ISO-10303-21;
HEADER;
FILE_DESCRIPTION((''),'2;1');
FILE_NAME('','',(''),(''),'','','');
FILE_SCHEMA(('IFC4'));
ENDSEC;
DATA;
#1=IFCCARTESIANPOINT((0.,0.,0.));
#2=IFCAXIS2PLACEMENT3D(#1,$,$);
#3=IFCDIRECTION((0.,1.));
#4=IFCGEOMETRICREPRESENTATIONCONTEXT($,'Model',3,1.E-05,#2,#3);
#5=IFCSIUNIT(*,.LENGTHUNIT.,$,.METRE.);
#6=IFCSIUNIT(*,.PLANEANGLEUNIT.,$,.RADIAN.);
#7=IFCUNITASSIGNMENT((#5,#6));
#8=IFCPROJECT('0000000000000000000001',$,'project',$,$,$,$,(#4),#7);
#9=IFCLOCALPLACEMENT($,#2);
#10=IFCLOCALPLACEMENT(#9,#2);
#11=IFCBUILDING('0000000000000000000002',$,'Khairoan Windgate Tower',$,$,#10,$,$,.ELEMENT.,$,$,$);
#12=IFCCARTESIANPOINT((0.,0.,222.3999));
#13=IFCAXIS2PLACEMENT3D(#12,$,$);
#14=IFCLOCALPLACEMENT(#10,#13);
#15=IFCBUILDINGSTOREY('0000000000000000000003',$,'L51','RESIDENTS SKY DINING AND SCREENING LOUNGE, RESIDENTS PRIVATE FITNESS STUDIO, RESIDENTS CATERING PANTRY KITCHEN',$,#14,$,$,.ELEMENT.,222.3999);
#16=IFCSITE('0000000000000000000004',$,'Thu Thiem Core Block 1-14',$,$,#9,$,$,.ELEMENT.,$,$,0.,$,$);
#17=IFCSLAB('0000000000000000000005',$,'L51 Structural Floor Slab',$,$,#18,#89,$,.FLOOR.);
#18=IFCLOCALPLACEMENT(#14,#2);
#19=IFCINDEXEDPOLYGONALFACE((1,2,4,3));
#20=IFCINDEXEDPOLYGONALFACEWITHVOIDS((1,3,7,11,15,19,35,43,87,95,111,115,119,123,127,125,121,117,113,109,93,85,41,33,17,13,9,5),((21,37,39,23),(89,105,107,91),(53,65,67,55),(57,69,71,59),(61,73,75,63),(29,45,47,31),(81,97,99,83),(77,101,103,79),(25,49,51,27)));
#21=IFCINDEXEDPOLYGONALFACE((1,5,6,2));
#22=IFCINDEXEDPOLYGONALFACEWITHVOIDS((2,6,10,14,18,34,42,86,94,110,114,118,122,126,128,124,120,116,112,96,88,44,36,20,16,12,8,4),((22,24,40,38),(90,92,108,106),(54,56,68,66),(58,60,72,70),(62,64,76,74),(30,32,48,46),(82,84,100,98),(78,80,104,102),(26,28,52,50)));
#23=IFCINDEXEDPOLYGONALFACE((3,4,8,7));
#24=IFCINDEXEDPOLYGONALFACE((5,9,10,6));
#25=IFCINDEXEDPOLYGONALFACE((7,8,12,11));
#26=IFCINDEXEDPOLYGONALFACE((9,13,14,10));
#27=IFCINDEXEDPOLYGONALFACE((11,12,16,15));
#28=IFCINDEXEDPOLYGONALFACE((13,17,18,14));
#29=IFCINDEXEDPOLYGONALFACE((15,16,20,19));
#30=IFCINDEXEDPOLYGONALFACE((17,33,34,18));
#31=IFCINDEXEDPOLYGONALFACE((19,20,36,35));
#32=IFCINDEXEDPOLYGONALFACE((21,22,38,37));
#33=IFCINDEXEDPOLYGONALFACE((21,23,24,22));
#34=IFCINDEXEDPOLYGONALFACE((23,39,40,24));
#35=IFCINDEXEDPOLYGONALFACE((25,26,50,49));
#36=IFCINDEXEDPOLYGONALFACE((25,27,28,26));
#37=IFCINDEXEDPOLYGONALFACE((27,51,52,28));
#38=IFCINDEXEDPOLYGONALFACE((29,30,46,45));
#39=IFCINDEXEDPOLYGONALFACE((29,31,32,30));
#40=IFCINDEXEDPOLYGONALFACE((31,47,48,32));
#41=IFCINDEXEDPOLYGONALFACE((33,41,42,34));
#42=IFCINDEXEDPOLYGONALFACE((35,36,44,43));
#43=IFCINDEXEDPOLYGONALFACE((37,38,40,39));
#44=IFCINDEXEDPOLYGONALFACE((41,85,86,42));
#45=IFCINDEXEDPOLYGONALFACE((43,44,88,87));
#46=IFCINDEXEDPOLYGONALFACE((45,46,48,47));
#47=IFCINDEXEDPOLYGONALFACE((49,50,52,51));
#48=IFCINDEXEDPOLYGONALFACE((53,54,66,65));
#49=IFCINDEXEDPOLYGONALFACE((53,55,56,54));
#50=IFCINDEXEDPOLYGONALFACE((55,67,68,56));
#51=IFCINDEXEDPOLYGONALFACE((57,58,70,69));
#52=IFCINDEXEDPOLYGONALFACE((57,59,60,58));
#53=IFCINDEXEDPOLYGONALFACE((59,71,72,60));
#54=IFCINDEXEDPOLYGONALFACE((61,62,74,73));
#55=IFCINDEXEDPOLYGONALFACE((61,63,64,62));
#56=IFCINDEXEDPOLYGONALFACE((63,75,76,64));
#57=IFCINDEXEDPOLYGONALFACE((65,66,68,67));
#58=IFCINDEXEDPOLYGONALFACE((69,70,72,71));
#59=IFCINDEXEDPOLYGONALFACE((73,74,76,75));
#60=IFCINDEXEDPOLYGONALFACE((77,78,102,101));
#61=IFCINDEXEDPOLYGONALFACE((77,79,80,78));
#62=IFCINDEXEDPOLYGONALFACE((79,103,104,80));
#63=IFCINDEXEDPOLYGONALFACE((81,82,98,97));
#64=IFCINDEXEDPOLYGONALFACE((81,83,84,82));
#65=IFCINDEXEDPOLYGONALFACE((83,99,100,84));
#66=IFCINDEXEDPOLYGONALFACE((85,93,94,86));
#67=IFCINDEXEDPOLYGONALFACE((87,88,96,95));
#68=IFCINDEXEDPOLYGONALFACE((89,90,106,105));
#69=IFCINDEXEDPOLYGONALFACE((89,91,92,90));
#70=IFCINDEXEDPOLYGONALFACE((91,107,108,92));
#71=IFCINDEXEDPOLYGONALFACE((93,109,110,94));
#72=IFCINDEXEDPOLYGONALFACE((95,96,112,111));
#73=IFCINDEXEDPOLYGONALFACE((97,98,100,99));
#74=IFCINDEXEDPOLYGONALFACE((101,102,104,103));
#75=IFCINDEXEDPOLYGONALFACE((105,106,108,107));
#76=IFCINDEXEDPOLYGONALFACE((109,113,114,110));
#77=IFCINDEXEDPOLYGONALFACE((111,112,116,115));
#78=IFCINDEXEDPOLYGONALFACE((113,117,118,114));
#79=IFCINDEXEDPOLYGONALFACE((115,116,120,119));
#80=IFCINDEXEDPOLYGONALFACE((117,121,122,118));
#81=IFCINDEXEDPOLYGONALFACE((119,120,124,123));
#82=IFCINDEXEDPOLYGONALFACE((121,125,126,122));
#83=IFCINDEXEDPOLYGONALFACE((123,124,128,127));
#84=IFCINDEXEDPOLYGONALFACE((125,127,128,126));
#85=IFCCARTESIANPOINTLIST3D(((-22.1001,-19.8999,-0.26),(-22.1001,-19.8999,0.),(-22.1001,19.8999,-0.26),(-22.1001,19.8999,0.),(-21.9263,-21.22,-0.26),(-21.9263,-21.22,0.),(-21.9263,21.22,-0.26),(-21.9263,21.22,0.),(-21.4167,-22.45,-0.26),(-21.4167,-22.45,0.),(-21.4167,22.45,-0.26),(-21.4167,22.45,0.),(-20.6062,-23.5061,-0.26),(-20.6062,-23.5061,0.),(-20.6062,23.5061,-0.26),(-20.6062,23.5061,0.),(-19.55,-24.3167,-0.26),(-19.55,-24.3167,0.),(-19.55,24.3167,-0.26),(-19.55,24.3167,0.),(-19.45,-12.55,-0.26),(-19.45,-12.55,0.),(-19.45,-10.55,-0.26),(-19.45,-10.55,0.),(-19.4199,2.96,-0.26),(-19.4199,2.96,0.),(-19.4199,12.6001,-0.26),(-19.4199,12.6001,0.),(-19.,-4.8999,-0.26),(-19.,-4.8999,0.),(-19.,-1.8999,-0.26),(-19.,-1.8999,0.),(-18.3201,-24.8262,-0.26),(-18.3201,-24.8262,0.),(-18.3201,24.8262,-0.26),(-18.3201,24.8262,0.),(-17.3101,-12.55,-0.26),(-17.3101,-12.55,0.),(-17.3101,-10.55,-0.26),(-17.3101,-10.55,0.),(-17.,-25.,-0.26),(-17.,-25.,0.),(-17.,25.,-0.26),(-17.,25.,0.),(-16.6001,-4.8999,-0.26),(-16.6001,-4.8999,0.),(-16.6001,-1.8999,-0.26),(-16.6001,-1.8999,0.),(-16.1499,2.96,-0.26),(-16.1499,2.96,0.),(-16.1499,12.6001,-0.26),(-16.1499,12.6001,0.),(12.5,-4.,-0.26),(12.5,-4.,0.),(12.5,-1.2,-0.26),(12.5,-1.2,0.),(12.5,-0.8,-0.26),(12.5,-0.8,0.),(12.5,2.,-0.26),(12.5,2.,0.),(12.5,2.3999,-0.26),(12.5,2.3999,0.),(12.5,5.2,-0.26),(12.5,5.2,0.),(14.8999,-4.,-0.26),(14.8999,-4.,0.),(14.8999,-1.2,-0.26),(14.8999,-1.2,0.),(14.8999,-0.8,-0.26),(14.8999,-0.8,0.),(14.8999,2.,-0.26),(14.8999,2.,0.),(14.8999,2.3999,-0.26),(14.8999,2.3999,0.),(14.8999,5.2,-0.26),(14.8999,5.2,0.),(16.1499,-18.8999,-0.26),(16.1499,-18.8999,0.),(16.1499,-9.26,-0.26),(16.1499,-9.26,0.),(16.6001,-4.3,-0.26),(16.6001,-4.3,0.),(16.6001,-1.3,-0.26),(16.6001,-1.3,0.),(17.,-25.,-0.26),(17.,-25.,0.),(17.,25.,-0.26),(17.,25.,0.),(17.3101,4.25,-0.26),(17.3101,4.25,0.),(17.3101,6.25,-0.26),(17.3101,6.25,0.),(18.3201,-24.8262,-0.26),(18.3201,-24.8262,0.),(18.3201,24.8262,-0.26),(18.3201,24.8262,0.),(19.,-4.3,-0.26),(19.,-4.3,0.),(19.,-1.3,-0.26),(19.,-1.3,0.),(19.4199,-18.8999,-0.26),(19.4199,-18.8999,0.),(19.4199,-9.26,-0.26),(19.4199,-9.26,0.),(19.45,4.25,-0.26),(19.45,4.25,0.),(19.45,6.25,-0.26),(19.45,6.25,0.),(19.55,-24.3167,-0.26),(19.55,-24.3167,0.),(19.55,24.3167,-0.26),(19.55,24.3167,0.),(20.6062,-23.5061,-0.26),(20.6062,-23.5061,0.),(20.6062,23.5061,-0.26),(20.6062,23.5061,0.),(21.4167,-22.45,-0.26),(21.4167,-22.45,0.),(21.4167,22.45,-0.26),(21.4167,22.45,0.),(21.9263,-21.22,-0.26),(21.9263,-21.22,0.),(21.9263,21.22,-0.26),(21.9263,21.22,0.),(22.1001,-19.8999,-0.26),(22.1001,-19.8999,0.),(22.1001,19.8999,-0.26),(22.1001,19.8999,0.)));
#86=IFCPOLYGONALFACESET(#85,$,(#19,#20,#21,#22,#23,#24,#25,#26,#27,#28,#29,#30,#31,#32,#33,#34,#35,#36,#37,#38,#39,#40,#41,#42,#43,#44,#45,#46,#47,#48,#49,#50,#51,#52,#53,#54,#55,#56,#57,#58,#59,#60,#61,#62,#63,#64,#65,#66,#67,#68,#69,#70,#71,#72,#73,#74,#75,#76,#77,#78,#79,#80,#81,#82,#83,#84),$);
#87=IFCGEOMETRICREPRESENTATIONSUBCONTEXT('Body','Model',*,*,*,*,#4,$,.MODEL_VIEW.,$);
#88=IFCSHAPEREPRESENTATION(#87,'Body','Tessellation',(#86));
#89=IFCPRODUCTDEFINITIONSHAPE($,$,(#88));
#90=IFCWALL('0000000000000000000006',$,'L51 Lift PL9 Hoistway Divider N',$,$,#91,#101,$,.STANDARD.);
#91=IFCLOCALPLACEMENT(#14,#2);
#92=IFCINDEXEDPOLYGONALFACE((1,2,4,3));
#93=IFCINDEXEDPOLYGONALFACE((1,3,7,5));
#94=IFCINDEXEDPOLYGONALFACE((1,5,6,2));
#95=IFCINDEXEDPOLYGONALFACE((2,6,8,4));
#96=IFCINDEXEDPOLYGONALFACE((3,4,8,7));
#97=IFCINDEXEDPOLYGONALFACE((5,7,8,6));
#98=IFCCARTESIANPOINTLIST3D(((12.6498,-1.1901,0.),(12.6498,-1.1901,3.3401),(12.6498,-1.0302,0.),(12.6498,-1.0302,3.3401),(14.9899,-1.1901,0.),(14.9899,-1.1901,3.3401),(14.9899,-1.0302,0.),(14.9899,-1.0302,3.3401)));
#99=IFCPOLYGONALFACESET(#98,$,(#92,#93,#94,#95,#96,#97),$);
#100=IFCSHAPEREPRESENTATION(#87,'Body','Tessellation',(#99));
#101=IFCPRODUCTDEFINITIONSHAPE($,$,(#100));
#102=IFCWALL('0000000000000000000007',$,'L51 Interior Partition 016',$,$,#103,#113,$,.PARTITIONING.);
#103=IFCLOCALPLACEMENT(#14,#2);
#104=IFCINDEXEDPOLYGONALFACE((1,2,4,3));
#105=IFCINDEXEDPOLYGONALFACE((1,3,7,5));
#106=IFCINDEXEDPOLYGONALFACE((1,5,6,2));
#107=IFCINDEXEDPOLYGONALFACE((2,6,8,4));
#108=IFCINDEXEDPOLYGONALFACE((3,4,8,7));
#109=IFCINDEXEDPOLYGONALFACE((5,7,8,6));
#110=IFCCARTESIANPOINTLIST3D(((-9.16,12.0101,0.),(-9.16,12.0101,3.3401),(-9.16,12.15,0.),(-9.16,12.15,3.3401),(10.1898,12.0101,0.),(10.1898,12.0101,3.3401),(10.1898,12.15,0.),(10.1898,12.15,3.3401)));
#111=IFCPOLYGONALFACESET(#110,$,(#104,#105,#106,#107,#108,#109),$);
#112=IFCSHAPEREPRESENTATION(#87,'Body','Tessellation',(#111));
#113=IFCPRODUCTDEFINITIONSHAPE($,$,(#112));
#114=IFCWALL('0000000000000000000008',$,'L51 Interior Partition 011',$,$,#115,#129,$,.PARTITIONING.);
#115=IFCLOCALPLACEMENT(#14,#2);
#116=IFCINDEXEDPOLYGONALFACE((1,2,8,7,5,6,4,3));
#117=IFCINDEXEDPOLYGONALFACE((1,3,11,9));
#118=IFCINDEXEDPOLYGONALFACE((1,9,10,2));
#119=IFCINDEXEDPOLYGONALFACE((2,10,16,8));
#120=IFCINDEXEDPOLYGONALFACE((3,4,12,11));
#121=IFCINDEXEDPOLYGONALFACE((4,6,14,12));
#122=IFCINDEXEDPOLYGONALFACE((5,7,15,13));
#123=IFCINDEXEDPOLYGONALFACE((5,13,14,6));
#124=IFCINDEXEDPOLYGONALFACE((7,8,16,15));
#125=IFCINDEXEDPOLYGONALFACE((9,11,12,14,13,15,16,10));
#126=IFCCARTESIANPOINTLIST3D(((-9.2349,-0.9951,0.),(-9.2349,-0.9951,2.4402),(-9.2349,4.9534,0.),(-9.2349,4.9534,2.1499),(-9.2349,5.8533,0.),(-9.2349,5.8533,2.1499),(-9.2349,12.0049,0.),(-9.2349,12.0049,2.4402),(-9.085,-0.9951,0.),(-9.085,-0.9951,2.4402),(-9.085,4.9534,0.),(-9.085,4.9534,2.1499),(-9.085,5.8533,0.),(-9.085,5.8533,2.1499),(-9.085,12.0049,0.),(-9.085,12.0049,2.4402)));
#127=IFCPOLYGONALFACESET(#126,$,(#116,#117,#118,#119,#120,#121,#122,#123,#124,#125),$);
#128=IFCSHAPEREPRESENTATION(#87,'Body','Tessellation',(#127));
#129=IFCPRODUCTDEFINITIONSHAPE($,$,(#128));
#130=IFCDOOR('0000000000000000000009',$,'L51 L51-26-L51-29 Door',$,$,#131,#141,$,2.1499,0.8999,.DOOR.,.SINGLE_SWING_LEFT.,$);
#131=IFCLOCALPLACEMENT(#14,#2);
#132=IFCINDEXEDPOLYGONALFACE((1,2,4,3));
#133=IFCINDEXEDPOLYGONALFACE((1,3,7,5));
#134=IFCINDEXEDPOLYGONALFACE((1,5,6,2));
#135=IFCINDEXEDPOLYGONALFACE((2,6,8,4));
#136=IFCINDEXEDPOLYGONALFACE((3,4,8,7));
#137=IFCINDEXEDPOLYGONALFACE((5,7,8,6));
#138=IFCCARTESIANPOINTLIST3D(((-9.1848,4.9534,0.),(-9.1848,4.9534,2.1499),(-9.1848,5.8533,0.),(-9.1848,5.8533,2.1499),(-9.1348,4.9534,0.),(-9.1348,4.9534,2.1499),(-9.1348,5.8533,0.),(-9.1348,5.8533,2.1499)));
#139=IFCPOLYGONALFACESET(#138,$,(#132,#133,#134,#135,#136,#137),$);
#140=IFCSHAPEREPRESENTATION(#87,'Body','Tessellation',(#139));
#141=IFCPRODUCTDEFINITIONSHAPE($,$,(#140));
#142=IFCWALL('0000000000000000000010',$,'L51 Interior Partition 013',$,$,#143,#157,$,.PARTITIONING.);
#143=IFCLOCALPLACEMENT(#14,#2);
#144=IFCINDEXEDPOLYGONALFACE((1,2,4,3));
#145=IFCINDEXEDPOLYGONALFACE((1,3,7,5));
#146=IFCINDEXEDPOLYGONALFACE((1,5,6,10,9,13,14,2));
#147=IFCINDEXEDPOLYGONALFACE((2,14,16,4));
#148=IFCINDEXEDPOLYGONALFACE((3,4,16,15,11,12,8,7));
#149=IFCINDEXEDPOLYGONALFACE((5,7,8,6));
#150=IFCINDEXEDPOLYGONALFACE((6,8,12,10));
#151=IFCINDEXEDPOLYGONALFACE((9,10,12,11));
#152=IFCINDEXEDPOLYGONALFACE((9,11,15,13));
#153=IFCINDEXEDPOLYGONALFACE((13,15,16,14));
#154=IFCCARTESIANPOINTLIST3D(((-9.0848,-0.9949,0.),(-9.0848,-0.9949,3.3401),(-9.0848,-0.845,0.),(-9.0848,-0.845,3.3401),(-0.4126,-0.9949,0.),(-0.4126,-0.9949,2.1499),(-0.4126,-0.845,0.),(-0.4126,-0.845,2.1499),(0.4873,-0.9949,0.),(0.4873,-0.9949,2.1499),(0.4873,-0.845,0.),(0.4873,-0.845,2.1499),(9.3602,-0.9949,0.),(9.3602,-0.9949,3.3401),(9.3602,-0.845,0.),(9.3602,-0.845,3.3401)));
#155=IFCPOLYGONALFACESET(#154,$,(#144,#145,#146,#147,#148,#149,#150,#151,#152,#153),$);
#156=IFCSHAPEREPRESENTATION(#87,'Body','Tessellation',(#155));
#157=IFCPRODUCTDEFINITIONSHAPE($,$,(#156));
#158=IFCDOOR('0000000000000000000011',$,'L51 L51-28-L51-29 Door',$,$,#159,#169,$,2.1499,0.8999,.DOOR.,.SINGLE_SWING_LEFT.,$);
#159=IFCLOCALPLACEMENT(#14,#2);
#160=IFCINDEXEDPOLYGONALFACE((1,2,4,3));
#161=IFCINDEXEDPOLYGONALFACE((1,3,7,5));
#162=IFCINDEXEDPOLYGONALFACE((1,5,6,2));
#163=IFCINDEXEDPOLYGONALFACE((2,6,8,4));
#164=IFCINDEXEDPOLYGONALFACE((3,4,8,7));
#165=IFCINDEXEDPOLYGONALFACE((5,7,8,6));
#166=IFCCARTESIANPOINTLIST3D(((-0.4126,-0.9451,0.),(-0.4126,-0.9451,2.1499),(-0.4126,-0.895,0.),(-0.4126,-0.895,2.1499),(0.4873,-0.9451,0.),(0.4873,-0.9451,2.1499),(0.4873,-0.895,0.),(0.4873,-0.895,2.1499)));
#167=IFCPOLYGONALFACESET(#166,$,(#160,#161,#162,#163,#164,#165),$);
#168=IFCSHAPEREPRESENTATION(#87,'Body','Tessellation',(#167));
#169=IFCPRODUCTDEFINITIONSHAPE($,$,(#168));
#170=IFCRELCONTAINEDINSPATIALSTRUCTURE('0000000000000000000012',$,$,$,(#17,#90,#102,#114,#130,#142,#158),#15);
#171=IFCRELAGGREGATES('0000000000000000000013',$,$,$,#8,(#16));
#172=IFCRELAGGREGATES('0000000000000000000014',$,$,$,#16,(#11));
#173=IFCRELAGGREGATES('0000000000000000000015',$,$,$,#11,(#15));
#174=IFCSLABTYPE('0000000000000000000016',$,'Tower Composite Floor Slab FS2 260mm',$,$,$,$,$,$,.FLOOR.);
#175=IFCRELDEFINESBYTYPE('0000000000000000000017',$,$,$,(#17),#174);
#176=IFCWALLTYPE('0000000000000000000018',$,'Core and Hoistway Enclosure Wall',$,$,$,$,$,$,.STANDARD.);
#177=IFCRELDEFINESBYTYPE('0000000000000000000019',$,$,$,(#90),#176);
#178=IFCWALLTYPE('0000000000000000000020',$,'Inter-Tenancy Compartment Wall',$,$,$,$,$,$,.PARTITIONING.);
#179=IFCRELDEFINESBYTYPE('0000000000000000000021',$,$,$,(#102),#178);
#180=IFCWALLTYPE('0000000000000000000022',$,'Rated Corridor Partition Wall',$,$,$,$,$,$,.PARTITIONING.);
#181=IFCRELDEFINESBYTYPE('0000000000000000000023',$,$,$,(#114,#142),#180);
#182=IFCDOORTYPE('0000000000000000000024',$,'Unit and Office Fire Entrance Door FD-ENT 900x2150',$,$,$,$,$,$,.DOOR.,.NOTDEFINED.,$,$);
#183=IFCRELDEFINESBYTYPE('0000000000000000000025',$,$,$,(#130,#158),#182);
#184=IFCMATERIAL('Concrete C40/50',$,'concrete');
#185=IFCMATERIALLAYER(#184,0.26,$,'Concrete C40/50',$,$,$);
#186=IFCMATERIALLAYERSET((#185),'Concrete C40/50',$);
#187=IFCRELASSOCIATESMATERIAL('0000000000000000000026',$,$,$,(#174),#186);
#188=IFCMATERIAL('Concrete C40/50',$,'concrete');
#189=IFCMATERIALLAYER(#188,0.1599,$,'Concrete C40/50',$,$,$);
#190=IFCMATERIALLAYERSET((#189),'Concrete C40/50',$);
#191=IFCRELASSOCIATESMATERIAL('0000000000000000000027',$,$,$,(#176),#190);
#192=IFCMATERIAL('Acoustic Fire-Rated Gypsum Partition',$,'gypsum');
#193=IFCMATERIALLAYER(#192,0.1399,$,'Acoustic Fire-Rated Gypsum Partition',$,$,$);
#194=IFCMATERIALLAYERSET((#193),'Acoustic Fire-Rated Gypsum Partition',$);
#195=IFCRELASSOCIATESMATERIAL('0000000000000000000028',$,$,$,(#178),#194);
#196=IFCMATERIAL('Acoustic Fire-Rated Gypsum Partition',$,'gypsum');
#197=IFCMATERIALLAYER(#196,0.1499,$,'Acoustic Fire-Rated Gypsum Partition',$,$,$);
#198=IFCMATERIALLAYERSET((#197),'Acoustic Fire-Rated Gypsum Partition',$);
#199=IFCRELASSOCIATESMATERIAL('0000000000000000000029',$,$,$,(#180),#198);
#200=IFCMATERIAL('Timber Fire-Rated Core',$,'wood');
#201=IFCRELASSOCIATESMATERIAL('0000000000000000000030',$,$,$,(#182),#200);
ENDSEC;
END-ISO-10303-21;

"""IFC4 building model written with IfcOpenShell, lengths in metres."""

from ifc_helpers import new_model, si_unit, direction, frame, frame_2d, origin, place, context, subcontext, project, spatial, polyline, rectangle, outline, extrude, material, layer, layer_set, type_object, element, fill, save


model = new_model("IFC4")

# Units and contexts
model_context = context("Model", 3, precision=1e-05, world=origin(), true_north=direction((0.0, 1.0)))
body_context = subcontext(model_context, "Body", "Model", "MODEL_VIEW")
ifc_project = project(units=[si_unit("LENGTHUNIT", "METRE"), si_unit("PLANEANGLEUNIT", "RADIAN")], contexts=[model_context])

# Site, building, storey
site_placement = place(None, origin())
site = spatial("IfcSite", under=ifc_project, at=site_placement, Name="Thu Thiem Core Block 1-14", CompositionType="ELEMENT", RefElevation=0.0)
building_placement = place(site_placement, origin())
building = spatial("IfcBuilding", under=site, at=building_placement, Name="Khairoan Windgate Tower", CompositionType="ELEMENT")
storey_placement = place(building_placement, frame((0.0, 0.0, 222.3999)))
storey = spatial("IfcBuildingStorey", under=building, at=storey_placement, Name="L51", Description="RESIDENTS SKY DINING AND SCREENING LOUNGE, RESIDENTS PRIVATE FITNESS STUDIO, RESIDENTS CATERING PANTRY KITCHEN", CompositionType="ELEMENT", Elevation=222.3999)

# Slab
ifc_material_1 = material(Name="Concrete C40/50", Category="concrete")
ifc_layer_1 = layer(ifc_material_1, 0.26, Name="Concrete C40/50")
ifc_layer_set_1 = layer_set([ifc_layer_1], Name="Concrete C40/50")
slab_type_1 = type_object("IfcSlabType", Name="Tower Composite Floor Slab FS2 260mm", PredefinedType="FLOOR", material=ifc_layer_set_1)
slab_1_placement = place(storey_placement, frame((0.0, 0.0, -0.26)))
element("IfcSlab", 1, at=slab_1_placement, inside=storey, type_object=slab_type_1, Name="L51 Structural Floor Slab", PredefinedType="FLOOR", context=body_context, shape_type="SweptSolid", body=[
    extrude(outline(polyline([(17.0, -25.0), (18.3201, -24.8262), (19.55, -24.3167), (20.6062, -23.5061), (21.4167, -22.45), (21.9263, -21.22), (22.1001, -19.8999), (22.1001, 19.8999), (21.9263, 21.22), (21.4167, 22.45), (20.6062, 23.5061), (19.55, 24.3167), (18.3201, 24.8262), (17.0, 25.0), (-17.0, 25.0), (-18.3201, 24.8262), (-19.55, 24.3167), (-20.6062, 23.5061), (-21.4167, 22.45), (-21.9263, 21.22), (-22.1001, 19.8999), (-22.1001, -19.8999), (-21.9263, -21.22), (-21.4167, -22.45), (-20.6062, -23.5061), (-19.55, -24.3167), (-18.3201, -24.8262), (-17.0, -25.0), (17.0, -25.0)]), holes=[polyline([(16.1499, -9.26), (16.1499, -18.8999), (19.4199, -18.8999), (19.4199, -9.26), (16.1499, -9.26)]), polyline([(-16.1499, 2.96), (-16.1499, 12.6001), (-19.4199, 12.6001), (-19.4199, 2.96), (-16.1499, 2.96)]), polyline([(12.5, 2.3999), (14.8999, 2.3999), (14.8999, 5.2), (12.5, 5.2), (12.5, 2.3999)]), polyline([(12.5, -0.8), (14.8999, -0.8), (14.8999, 2.0), (12.5, 2.0), (12.5, -0.8)]), polyline([(12.5, -4.0), (14.8999, -4.0), (14.8999, -1.2), (12.5, -1.2), (12.5, -4.0)]), polyline([(16.6001, -4.3), (19.0, -4.3), (19.0, -1.3), (16.6001, -1.3), (16.6001, -4.3)]), polyline([(-19.0, -4.8999), (-16.6001, -4.8999), (-16.6001, -1.8999), (-19.0, -1.8999), (-19.0, -4.8999)]), polyline([(-19.45, -12.55), (-17.3101, -12.55), (-17.3101, -10.55), (-19.45, -10.55), (-19.45, -12.55)]), polyline([(17.3101, 4.25), (19.45, 4.25), (19.45, 6.25), (17.3101, 6.25), (17.3101, 4.25)])]), origin(), (0.0, 0.0, 1.0), 0.26),
])

# Walls
ifc_material_2 = material(Name="Concrete C40/50", Category="concrete")
ifc_layer_2 = layer(ifc_material_2, 0.1599, Name="Concrete C40/50")
ifc_layer_set_2 = layer_set([ifc_layer_2], Name="Concrete C40/50")
wall_type_1 = type_object("IfcWallType", Name="Core and Hoistway Enclosure Wall", PredefinedType="STANDARD", material=ifc_layer_set_2)
wall_1_placement = place(storey_placement, frame((12.6499, -1.1101, 0.0), z_axis=(0.0, 0.0, 1.0), x_axis=(1.0, 0.0, 0.0)))
element("IfcWall", 2, at=wall_1_placement, inside=storey, type_object=wall_type_1, Name="L51 Lift PL9 Hoistway Divider N", PredefinedType="STANDARD", context=body_context, shape_type="SweptSolid", body=[
    extrude(rectangle(XDim=2.3401, YDim=0.1599, at=frame_2d((1.1699, 0.0))), origin(), (0.0, 0.0, 1.0), 3.3401),
])
ifc_material_3 = material(Name="Acoustic Fire-Rated Gypsum Partition", Category="gypsum")
ifc_layer_3 = layer(ifc_material_3, 0.1399, Name="Acoustic Fire-Rated Gypsum Partition")
ifc_layer_set_3 = layer_set([ifc_layer_3], Name="Acoustic Fire-Rated Gypsum Partition")
wall_type_2 = type_object("IfcWallType", Name="Inter-Tenancy Compartment Wall", PredefinedType="PARTITIONING", material=ifc_layer_set_3)
wall_2_placement = place(storey_placement, frame((-9.1599, 12.0801, 0.0), z_axis=(0.0, 0.0, 1.0), x_axis=(1.0, 0.0, 0.0)))
element("IfcWall", 3, at=wall_2_placement, inside=storey, type_object=wall_type_2, Name="L51 Interior Partition 016", PredefinedType="PARTITIONING", context=body_context, shape_type="SweptSolid", body=[
    extrude(rectangle(XDim=19.3499, YDim=0.1399, at=frame_2d((9.6748, 0.0))), origin(), (0.0, 0.0, 1.0), 3.3401),
])

# Walls, openings, doors
ifc_material_4 = material(Name="Acoustic Fire-Rated Gypsum Partition", Category="gypsum")
ifc_layer_4 = layer(ifc_material_4, 0.1499, Name="Acoustic Fire-Rated Gypsum Partition")
ifc_layer_set_4 = layer_set([ifc_layer_4], Name="Acoustic Fire-Rated Gypsum Partition")
wall_type_3 = type_object("IfcWallType", Name="Rated Corridor Partition Wall", PredefinedType="PARTITIONING", material=ifc_layer_set_4)
wall_3_placement = place(storey_placement, frame((-9.1599, -0.9951, 0.0), z_axis=(0.0, 0.0, 1.0), x_axis=(0.0, 1.0, 0.0)))
wall_3 = element("IfcWall", 4, at=wall_3_placement, inside=storey, type_object=wall_type_3, Name="L51 Interior Partition 011", PredefinedType="PARTITIONING", context=body_context, shape_type="SweptSolid", body=[
    extrude(rectangle(XDim=13.0, YDim=0.1499, at=frame_2d((6.5, 0.0))), origin(), (0.0, 0.0, 1.0), 2.4402),
])
opening_1_placement = place(wall_3_placement, frame((5.9485, 0.0, 0.0)))
opening_1 = element("IfcOpeningElement", 5, at=opening_1_placement, cuts=wall_3, PredefinedType="OPENING", context=body_context, shape_type="SweptSolid", body=[
    extrude(rectangle(XDim=0.8999, YDim=2.1499, at=frame_2d((0.45, 1.075))), frame((0.0, 0.085, 0.0), z_axis=(0.0, -1.0, 0.0), x_axis=(1.0, 0.0, 0.0)), (0.0, 0.0, 1.0), 0.1699),
])
ifc_material_5 = material(Name="Timber Fire-Rated Core", Category="wood")
door_type = type_object("IfcDoorType", Name="Unit and Office Fire Entrance Door FD-ENT 900x2150", OperationType="NOTDEFINED", PredefinedType="DOOR", material=ifc_material_5)
door_1_placement = place(opening_1_placement, origin())
door_1 = element("IfcDoor", 6, at=door_1_placement, inside=storey, type_object=door_type, Name="L51 L51-26-L51-29 Door", OperationType="SINGLE_SWING_LEFT", OverallHeight=2.1499, OverallWidth=0.8999, PredefinedType="DOOR", context=body_context, shape_type="SweptSolid", body=[
    extrude(rectangle(XDim=0.8999, YDim=2.1499, at=frame_2d((0.45, 1.075))), frame((0.0, 0.0249, 0.0), z_axis=(0.0, -1.0, 0.0), x_axis=(1.0, 0.0, 0.0)), (0.0, 0.0, 1.0), 0.05),
])
fill(opening_1, door_1)
wall_4_placement = place(storey_placement, frame((-9.085, -0.9199, 0.0), z_axis=(0.0, 0.0, 1.0), x_axis=(1.0, 0.0, 0.0)))
wall_4 = element("IfcWall", 7, at=wall_4_placement, inside=storey, type_object=wall_type_3, Name="L51 Interior Partition 013", PredefinedType="PARTITIONING", context=body_context, shape_type="SweptSolid", body=[
    extrude(rectangle(XDim=18.4451, YDim=0.1499, at=frame_2d((9.2227, 0.0))), origin(), (0.0, 0.0, 1.0), 3.3401),
])
opening_2_placement = place(wall_4_placement, frame((8.6724, 0.0, 0.0)))
opening_2 = element("IfcOpeningElement", 8, at=opening_2_placement, cuts=wall_4, PredefinedType="OPENING", context=body_context, shape_type="SweptSolid", body=[
    extrude(rectangle(XDim=0.8999, YDim=2.1499, at=frame_2d((0.45, 1.075))), frame((0.0, 0.085, 0.0), z_axis=(0.0, -1.0, 0.0), x_axis=(1.0, 0.0, 0.0)), (0.0, 0.0, 1.0), 0.1699),
])
door_2_placement = place(opening_2_placement, origin())
door_2 = element("IfcDoor", 9, at=door_2_placement, inside=storey, type_object=door_type, Name="L51 L51-28-L51-29 Door", OperationType="SINGLE_SWING_LEFT", OverallHeight=2.1499, OverallWidth=0.8999, PredefinedType="DOOR", context=body_context, shape_type="SweptSolid", body=[
    extrude(rectangle(XDim=0.8999, YDim=2.1499, at=frame_2d((0.45, 1.075))), frame((0.0, 0.0249, 0.0), z_axis=(0.0, -1.0, 0.0), x_axis=(1.0, 0.0, 0.0)), (0.0, 0.0, 1.0), 0.05),
])
fill(opening_2, door_2)

save(model, "model.ifc")
